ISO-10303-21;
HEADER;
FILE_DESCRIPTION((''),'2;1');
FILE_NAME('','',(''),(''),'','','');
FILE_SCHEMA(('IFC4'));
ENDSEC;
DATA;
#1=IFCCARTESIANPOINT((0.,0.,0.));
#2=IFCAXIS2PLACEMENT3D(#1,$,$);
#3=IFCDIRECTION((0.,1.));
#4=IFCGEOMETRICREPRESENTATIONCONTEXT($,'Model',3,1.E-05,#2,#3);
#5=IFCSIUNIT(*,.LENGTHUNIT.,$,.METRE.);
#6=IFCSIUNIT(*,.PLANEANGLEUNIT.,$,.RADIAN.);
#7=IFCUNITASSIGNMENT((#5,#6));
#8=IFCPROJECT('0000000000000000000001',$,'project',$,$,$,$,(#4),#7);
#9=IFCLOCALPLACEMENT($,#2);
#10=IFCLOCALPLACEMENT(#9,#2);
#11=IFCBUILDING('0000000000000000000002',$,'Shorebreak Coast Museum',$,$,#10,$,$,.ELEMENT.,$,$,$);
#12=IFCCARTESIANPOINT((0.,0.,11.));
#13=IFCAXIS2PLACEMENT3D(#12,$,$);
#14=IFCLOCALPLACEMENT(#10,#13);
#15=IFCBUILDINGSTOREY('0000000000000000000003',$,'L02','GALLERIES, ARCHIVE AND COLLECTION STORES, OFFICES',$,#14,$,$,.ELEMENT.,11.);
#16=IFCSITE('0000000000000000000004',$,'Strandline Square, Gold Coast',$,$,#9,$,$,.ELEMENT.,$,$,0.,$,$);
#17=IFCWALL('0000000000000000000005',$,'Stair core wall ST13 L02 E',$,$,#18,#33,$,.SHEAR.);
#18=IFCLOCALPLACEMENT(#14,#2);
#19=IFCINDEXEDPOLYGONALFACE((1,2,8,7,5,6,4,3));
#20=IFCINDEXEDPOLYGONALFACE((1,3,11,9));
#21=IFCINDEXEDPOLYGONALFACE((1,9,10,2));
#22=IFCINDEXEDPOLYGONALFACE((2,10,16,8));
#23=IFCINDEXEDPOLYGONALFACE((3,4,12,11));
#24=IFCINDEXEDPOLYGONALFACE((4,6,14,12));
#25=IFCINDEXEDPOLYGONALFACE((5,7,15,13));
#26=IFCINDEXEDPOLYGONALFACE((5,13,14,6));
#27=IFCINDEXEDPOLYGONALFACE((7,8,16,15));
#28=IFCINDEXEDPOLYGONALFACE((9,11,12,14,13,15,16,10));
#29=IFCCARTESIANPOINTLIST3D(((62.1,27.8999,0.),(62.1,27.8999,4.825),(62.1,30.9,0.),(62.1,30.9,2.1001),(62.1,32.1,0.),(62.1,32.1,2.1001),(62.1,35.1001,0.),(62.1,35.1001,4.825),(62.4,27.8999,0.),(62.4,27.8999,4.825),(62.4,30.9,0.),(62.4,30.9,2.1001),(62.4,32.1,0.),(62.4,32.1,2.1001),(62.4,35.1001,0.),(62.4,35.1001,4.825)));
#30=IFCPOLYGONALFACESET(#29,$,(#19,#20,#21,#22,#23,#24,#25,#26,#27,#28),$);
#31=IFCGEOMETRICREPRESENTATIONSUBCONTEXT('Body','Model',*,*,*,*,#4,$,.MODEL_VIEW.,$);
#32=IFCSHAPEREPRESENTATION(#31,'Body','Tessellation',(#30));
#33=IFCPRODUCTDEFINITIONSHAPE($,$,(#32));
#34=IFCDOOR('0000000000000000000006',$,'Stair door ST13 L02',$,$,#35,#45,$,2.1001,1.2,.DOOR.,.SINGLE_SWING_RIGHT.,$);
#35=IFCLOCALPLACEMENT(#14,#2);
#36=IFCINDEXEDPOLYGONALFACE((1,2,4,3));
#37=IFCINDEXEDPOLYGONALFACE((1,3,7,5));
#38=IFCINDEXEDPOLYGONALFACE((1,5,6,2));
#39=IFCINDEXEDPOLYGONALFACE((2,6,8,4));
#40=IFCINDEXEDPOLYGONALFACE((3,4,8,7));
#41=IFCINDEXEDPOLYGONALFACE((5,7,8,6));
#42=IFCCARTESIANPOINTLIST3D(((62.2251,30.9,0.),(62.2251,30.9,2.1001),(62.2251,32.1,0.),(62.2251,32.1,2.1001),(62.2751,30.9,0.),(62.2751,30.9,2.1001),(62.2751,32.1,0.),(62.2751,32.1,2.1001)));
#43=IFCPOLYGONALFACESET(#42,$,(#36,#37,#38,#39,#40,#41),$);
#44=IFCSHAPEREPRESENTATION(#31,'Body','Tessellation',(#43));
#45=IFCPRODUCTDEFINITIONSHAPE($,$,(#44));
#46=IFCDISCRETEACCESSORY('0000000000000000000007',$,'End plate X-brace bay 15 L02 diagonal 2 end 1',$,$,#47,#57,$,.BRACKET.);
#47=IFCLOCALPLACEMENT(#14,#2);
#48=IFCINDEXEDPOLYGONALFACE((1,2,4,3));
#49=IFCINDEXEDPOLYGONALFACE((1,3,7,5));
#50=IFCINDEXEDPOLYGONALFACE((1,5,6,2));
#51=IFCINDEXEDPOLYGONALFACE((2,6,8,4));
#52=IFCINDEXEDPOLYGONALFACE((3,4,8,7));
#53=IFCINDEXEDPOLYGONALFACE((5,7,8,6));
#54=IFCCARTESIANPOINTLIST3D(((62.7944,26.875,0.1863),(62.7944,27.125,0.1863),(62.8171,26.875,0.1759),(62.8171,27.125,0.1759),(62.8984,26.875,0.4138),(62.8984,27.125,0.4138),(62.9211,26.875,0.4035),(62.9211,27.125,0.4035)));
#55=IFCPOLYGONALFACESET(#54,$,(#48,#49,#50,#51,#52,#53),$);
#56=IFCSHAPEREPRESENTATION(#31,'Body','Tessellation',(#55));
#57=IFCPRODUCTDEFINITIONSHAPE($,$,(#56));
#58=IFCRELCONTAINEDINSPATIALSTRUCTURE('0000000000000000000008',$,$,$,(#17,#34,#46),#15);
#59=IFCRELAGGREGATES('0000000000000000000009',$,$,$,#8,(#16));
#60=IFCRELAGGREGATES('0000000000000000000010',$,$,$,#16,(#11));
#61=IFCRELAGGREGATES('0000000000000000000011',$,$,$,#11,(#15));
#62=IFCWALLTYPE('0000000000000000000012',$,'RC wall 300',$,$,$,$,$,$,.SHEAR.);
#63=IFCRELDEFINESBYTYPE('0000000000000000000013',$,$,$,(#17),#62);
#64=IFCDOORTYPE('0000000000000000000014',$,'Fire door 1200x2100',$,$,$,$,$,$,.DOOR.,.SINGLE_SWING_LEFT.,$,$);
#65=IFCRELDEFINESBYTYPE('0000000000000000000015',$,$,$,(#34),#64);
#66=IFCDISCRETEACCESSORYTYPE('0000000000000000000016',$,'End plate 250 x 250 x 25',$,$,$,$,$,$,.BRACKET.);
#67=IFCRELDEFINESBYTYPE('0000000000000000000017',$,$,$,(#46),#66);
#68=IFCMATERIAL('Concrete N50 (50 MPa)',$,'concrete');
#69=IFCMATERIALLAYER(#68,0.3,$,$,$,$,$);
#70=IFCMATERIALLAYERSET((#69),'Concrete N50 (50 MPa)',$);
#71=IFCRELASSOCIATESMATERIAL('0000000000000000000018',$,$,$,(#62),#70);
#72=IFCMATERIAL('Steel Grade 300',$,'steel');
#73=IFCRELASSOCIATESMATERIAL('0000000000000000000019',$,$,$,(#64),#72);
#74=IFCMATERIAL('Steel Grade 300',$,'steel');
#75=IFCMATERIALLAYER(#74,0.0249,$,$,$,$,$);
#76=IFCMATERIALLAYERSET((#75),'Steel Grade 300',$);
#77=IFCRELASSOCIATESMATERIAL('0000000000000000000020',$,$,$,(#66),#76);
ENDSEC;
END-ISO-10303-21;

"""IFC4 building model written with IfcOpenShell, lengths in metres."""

from ifc_helpers import new_model, si_unit, direction, frame, frame_2d, origin, place, context, subcontext, project, spatial, polyline, rectangle, outline, extrude, material, layer, layer_set, type_object, element, fill, save


model = new_model("IFC4")

# Units and contexts
model_context = context("Model", 3, precision=1e-05, world=origin(), true_north=direction((0.0, 1.0)))
body_context = subcontext(model_context, "Body", "Model", "MODEL_VIEW")
ifc_project = project(units=[si_unit("LENGTHUNIT", "METRE"), si_unit("PLANEANGLEUNIT", "RADIAN")], contexts=[model_context])

# Site, building, storey
site_placement = place(None, origin())
site = spatial("IfcSite", under=ifc_project, at=site_placement, Name="Strandline Square, Gold Coast", CompositionType="ELEMENT", RefElevation=0.0)
building_placement = place(site_placement, origin())
building = spatial("IfcBuilding", under=site, at=building_placement, Name="Shorebreak Coast Museum", CompositionType="ELEMENT")
storey_placement = place(building_placement, frame((0.0, 0.0, 11.0)))
storey = spatial("IfcBuildingStorey", under=building, at=storey_placement, Name="L02", Description="GALLERIES, ARCHIVE AND COLLECTION STORES, OFFICES", CompositionType="ELEMENT", Elevation=11.0)

# Wall, opening, door
ifc_material_1 = material(Name="Concrete N50 (50 MPa)", Category="concrete")
ifc_layer_1 = layer(ifc_material_1, 0.3)
ifc_layer_set_1 = layer_set([ifc_layer_1], Name="Concrete N50 (50 MPa)")
wall_type_1 = type_object("IfcWallType", Name="RC wall 300", PredefinedType="SHEAR", material=ifc_layer_set_1)
wall_1_placement = place(storey_placement, frame((62.25, 27.8999, 0.0), z_axis=(0.0, 0.0, 1.0), x_axis=(0.0, 1.0, 0.0)))
wall_1 = element("IfcWall", 1, at=wall_1_placement, inside=storey, type_object=wall_type_1, Name="Stair core wall ST13 L02 E", PredefinedType="SHEAR", context=body_context, shape_type="SweptSolid", body=[
    extrude(rectangle(XDim=7.2002, YDim=0.3, at=frame_2d((3.6001, 0.0))), origin(), (0.0, 0.0, 1.0), 4.825),
])
opening_1_placement = place(wall_1_placement, frame((3.0, 0.0, 0.0)))
opening_1 = element("IfcOpeningElement", 2, at=opening_1_placement, cuts=wall_1, PredefinedType="OPENING", context=body_context, shape_type="SweptSolid", body=[
    extrude(rectangle(XDim=1.2, YDim=2.1001, at=frame_2d((0.6001, 1.05))), frame((0.0, 0.1599, 0.0), z_axis=(0.0, -1.0, 0.0), x_axis=(1.0, 0.0, 0.0)), (0.0, 0.0, 1.0), 0.3201),
])
ifc_material_2 = material(Name="Steel Grade 300", Category="steel")
door_type_1 = type_object("IfcDoorType", Name="Fire door 1200x2100", OperationType="SINGLE_SWING_LEFT", PredefinedType="DOOR", material=ifc_material_2)
door_1_placement = place(opening_1_placement, origin())
door_1 = element("IfcDoor", 3, at=door_1_placement, inside=storey, type_object=door_type_1, Name="Stair door ST13 L02", OperationType="SINGLE_SWING_RIGHT", OverallHeight=2.1001, OverallWidth=1.2, PredefinedType="DOOR", context=body_context, shape_type="SweptSolid", body=[
    extrude(rectangle(XDim=1.2, YDim=2.1001, at=frame_2d((0.6001, 1.05))), frame((0.0, 0.0249, 0.0), z_axis=(0.0, -1.0, 0.0), x_axis=(1.0, 0.0, 0.0)), (0.0, 0.0, 1.0), 0.05),
])
fill(opening_1, door_1)

# Discrete accessory
ifc_material_3 = material(Name="Steel Grade 300", Category="steel")
ifc_layer_2 = layer(ifc_material_3, 0.0249)
ifc_layer_set_2 = layer_set([ifc_layer_2], Name="Steel Grade 300")
discrete_accessory_type = type_object("IfcDiscreteAccessoryType", Name="End plate 250 x 250 x 25", PredefinedType="BRACKET", material=ifc_layer_set_2)
discrete_accessory_placement = place(storey_placement, frame((62.7944, 27.125, 0.1863), z_axis=(-0.909496, 0.0, 0.415714), x_axis=(0.0, -1.0, 0.0)))
element("IfcDiscreteAccessory", 4, at=discrete_accessory_placement, inside=storey, type_object=discrete_accessory_type, Name="End plate X-brace bay 15 L02 diagonal 2 end 1", PredefinedType="BRACKET", context=body_context, shape_type="SweptSolid", body=[
    extrude(outline(polyline([(0.0, 0.0), (0.25, 0.0), (0.25, 0.2502), (0.0, 0.2502), (0.0, 0.0)])), origin(), (0.0, 0.0, -1.0), 0.0249),
])

save(model, "model.ifc")
